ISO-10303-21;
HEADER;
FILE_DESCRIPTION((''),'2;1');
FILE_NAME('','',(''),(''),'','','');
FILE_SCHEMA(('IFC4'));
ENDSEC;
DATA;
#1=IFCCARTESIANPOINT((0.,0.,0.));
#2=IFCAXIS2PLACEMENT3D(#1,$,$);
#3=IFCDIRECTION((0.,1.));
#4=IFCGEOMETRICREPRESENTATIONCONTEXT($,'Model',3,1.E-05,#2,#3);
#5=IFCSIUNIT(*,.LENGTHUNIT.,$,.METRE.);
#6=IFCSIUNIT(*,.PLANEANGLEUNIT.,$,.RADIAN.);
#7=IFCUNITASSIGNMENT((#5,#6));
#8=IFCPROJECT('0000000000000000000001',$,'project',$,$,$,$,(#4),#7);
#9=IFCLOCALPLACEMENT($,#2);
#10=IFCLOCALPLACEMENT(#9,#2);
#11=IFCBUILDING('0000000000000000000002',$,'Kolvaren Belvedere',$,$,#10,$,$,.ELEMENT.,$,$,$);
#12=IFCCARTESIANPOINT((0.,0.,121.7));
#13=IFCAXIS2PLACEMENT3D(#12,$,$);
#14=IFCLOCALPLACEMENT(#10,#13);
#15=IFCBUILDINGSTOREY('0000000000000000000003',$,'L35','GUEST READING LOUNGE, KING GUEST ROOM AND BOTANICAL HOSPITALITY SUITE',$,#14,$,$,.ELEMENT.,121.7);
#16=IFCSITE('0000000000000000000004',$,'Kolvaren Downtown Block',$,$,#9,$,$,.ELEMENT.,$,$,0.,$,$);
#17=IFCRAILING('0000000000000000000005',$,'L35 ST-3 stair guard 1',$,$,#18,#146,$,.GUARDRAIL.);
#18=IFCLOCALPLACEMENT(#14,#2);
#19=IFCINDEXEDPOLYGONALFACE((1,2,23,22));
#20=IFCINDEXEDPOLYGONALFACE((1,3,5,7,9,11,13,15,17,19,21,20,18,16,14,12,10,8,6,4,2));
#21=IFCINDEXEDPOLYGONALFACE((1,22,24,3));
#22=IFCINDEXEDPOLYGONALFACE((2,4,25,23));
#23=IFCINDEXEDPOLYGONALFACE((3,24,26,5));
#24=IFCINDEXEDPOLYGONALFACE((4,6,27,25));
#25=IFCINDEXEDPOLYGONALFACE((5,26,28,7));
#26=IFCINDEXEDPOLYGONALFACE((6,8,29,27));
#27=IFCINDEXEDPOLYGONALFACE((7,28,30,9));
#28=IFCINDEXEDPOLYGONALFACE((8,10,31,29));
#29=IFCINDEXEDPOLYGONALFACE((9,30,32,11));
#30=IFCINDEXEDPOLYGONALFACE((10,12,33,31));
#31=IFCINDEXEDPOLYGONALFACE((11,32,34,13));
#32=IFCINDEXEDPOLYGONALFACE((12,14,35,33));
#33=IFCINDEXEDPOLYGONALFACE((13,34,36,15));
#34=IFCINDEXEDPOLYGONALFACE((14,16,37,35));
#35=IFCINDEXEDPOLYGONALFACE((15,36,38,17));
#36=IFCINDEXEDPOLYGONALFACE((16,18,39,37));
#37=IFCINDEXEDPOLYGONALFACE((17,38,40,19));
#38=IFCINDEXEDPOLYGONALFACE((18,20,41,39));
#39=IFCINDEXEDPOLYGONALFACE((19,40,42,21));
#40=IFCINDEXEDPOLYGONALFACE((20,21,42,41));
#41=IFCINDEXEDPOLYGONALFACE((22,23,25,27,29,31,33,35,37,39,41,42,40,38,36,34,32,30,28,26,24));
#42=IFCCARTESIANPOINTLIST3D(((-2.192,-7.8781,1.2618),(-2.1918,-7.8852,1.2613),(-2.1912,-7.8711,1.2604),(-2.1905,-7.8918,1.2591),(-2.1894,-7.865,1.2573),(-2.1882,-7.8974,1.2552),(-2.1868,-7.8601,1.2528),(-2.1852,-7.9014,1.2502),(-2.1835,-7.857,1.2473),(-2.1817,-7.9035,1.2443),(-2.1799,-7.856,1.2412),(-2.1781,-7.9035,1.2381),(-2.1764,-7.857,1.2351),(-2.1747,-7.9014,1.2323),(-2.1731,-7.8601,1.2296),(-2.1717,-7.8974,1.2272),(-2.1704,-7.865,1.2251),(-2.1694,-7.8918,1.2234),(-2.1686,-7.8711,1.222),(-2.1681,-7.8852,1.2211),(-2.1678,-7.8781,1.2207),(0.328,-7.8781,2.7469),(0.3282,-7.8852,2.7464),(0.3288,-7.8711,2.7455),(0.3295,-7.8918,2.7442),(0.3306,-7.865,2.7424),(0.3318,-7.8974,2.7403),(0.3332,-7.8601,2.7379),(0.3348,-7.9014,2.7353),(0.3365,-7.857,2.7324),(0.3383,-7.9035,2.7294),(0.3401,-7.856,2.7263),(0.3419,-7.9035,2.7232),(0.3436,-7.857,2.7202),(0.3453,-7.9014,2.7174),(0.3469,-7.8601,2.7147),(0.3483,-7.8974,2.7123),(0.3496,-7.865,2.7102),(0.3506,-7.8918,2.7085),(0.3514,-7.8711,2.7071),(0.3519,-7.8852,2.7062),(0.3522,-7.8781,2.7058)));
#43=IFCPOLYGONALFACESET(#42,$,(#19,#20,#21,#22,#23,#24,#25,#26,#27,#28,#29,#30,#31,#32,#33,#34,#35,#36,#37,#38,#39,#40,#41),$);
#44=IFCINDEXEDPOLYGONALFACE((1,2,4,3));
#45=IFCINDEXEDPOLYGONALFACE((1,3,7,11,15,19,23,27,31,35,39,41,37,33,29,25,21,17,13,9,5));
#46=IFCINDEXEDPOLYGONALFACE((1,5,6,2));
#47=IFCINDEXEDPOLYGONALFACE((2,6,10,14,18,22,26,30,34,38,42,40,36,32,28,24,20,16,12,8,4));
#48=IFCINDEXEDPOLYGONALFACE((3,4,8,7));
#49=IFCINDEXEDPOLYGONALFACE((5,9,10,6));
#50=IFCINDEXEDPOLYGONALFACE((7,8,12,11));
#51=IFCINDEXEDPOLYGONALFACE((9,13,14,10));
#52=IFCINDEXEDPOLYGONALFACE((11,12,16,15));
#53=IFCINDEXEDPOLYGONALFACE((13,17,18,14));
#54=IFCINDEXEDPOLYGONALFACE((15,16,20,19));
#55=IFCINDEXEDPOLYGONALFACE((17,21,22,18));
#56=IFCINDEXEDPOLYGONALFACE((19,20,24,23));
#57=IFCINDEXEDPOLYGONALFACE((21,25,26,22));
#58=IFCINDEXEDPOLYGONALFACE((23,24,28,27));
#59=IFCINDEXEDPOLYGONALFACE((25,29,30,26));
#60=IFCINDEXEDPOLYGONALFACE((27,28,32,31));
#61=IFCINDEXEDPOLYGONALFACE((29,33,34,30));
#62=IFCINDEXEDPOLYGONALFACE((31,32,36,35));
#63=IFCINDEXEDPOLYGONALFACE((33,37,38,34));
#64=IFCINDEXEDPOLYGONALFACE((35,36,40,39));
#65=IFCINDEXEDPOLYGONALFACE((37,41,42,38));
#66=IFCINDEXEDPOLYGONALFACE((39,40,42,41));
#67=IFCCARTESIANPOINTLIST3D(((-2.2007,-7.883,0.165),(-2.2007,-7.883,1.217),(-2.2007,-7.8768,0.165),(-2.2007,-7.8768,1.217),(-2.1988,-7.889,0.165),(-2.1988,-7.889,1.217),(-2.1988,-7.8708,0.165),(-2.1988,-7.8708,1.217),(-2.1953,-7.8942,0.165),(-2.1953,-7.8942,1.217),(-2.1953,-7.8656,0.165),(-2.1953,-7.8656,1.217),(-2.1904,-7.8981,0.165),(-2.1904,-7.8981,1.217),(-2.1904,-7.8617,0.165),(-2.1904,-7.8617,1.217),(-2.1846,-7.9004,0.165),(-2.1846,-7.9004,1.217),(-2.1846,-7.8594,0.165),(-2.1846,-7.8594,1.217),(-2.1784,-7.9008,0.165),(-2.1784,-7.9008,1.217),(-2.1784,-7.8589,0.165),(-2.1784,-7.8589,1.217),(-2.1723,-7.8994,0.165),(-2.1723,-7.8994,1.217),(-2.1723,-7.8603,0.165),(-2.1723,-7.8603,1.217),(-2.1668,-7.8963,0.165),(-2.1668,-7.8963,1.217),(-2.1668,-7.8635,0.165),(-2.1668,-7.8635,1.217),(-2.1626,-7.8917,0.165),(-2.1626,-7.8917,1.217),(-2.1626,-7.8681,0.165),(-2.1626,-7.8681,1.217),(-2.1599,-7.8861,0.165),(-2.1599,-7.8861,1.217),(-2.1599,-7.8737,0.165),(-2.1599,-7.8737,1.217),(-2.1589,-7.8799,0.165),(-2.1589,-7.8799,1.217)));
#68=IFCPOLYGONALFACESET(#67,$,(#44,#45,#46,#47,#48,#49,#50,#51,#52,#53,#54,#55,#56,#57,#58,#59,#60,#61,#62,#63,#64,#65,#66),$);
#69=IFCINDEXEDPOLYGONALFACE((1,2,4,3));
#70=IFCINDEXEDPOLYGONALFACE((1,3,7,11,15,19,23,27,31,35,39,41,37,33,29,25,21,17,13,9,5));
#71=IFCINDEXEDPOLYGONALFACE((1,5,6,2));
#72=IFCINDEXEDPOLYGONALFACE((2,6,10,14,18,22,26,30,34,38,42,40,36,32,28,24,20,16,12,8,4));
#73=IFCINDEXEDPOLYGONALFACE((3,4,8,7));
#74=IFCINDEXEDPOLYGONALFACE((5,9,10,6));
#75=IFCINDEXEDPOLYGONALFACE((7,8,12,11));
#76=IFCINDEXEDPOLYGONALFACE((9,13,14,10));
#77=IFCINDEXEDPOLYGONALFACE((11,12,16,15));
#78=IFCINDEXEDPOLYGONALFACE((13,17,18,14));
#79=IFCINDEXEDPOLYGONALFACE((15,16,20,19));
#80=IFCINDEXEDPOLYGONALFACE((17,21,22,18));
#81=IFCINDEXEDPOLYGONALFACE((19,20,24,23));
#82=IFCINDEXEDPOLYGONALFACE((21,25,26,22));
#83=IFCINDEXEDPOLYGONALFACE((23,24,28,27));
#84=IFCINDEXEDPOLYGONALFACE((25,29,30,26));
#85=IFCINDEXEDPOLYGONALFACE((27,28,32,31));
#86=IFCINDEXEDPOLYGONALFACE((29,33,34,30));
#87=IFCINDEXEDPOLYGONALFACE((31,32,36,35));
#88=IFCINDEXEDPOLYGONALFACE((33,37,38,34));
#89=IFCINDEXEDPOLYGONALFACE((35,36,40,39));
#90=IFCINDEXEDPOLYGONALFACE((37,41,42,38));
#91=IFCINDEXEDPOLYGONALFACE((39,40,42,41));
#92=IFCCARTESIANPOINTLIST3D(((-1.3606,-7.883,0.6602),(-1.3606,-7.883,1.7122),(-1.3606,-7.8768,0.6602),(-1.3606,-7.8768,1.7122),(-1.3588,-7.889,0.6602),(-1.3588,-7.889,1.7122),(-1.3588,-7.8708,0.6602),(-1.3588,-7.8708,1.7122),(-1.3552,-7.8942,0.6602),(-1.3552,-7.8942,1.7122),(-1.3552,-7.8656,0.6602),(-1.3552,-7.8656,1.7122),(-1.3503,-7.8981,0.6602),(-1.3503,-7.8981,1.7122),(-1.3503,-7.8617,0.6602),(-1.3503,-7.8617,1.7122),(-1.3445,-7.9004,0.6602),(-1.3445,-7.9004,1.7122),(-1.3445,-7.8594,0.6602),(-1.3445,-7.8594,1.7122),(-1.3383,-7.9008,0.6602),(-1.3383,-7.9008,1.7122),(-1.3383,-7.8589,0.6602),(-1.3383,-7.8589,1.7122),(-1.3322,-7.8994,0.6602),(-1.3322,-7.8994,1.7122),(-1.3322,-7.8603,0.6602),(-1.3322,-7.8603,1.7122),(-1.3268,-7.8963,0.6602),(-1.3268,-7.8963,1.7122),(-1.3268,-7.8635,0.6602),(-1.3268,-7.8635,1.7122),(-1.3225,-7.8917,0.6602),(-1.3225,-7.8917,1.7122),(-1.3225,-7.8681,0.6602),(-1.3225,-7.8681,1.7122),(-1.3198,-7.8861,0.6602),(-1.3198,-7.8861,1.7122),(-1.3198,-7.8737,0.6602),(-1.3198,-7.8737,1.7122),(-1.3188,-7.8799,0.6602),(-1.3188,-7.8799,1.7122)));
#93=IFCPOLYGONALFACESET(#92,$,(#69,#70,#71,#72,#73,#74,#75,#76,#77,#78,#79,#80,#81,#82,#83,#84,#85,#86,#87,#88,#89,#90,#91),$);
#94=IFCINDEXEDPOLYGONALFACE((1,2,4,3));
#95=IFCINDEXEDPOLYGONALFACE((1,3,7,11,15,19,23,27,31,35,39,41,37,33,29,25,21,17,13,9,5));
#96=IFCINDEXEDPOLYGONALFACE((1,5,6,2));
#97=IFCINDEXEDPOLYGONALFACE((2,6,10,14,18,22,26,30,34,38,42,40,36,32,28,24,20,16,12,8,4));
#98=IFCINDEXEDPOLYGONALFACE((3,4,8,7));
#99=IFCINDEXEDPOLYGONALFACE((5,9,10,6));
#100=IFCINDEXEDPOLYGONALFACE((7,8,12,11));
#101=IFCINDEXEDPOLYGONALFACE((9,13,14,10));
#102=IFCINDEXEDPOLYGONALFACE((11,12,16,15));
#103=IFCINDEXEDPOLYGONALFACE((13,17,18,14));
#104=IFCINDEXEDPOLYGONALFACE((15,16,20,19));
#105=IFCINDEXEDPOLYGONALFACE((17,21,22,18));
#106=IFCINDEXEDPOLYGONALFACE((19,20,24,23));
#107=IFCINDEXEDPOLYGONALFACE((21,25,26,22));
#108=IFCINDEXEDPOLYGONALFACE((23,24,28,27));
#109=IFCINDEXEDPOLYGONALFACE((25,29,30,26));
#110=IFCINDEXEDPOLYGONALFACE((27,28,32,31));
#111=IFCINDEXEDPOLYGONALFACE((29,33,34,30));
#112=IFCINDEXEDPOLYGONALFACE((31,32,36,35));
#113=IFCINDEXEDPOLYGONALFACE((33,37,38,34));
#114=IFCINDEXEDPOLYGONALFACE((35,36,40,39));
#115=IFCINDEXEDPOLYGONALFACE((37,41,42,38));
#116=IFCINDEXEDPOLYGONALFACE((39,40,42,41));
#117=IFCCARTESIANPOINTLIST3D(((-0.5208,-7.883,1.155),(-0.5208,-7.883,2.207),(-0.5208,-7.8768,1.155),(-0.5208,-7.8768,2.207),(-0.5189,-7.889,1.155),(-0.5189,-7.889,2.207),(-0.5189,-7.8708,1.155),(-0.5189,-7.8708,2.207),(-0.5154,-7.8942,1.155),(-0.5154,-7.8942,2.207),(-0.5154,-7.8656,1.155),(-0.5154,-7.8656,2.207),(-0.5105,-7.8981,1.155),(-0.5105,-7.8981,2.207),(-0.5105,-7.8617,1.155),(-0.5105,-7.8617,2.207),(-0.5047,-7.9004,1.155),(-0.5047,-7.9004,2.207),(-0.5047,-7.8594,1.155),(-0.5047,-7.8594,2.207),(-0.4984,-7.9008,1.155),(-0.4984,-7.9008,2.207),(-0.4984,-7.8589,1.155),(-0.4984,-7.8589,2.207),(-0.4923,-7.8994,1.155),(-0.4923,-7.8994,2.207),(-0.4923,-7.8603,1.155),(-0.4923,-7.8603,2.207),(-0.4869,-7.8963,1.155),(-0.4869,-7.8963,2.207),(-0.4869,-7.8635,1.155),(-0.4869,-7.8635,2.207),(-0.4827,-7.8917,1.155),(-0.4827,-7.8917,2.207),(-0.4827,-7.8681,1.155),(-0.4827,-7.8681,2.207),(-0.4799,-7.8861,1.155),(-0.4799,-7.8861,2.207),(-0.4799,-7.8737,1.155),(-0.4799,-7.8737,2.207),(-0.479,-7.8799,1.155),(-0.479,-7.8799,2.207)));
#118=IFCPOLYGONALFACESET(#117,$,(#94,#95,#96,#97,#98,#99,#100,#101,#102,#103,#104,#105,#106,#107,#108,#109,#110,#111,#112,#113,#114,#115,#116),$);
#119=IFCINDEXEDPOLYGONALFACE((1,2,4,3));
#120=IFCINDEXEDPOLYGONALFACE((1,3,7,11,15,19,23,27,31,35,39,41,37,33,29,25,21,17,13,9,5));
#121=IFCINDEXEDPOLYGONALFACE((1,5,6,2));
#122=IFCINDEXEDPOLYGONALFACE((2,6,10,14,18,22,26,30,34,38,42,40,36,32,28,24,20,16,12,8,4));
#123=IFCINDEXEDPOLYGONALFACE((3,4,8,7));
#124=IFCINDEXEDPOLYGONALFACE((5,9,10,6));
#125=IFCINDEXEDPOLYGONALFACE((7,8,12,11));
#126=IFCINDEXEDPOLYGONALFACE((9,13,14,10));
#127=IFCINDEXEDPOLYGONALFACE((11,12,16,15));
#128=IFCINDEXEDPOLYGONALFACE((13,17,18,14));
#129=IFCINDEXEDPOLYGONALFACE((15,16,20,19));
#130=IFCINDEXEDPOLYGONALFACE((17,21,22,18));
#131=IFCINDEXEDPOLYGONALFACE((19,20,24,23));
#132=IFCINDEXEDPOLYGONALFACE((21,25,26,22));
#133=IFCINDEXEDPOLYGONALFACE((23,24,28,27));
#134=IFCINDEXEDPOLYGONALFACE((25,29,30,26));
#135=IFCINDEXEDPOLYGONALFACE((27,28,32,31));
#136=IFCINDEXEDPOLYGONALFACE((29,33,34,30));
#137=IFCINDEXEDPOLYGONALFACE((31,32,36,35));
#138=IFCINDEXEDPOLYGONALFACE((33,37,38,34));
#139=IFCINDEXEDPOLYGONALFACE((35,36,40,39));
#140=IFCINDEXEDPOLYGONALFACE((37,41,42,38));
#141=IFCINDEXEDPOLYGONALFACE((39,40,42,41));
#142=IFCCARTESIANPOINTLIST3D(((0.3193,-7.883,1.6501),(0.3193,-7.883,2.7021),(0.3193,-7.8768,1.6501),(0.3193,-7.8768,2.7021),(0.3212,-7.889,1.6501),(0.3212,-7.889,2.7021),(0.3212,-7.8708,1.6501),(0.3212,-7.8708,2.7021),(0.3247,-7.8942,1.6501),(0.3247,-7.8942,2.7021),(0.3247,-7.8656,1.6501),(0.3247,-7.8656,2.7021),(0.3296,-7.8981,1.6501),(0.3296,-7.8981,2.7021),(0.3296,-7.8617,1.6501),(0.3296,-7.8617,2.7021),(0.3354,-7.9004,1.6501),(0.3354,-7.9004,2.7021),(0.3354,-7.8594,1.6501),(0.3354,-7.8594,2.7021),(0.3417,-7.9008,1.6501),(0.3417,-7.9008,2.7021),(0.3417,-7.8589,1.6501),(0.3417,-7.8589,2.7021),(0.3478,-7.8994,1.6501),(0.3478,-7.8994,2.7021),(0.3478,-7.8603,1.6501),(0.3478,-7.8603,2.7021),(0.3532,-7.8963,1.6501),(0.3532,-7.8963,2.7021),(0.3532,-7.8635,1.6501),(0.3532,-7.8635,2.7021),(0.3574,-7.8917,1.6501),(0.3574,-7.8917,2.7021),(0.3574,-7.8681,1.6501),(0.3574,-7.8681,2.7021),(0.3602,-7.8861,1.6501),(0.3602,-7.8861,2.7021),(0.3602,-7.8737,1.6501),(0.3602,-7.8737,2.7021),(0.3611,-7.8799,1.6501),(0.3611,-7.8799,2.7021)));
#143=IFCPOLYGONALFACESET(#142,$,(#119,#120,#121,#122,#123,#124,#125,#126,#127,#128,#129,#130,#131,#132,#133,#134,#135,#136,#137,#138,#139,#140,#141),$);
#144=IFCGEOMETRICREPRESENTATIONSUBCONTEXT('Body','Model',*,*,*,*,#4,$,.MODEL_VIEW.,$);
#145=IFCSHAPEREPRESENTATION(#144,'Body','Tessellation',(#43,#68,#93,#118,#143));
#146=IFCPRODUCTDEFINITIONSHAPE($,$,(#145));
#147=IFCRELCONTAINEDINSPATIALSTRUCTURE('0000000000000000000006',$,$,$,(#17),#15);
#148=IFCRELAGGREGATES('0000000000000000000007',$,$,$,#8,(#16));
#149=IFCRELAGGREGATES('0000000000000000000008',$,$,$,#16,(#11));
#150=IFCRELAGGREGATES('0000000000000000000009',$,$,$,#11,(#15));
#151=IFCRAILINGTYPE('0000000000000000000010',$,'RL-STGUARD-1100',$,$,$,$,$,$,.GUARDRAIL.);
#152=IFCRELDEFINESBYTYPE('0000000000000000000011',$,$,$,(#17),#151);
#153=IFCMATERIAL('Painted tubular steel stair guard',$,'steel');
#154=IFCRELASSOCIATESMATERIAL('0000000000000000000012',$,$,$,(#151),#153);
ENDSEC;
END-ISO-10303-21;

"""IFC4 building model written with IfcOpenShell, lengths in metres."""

from ifc_helpers import new_model, si_unit, direction, frame, origin, origin_2d, place, context, subcontext, project, spatial, circle, extrude, material, type_object, element, save


model = new_model("IFC4")

# Units and contexts
model_context = context("Model", 3, precision=1e-05, world=origin(), true_north=direction((0.0, 1.0)))
body_context = subcontext(model_context, "Body", "Model", "MODEL_VIEW")
ifc_project = project(units=[si_unit("LENGTHUNIT", "METRE"), si_unit("PLANEANGLEUNIT", "RADIAN")], contexts=[model_context])

# Site, building, storey
site_placement = place(None, origin())
site = spatial("IfcSite", under=ifc_project, at=site_placement, Name="Kolvaren Downtown Block", CompositionType="ELEMENT", RefElevation=0.0)
building_placement = place(site_placement, origin())
building = spatial("IfcBuilding", under=site, at=building_placement, Name="Kolvaren Belvedere", CompositionType="ELEMENT")
storey_placement = place(building_placement, frame((0.0, 0.0, 121.7)))
storey = spatial("IfcBuildingStorey", under=building, at=storey_placement, Name="L35", Description="GUEST READING LOUNGE, KING GUEST ROOM AND BOTANICAL HOSPITALITY SUITE", CompositionType="ELEMENT", Elevation=121.7)

# Railing
ifc_material_1 = material(Name="Painted tubular steel stair guard", Category="steel")
railing_type_1 = type_object("IfcRailingType", Name="RL-STGUARD-1100", PredefinedType="GUARDRAIL", material=ifc_material_1)
railing_1_placement = place(storey_placement, frame((-2.1799, -7.8799, 0.165)))
element("IfcRailing", 1, at=railing_1_placement, inside=storey, type_object=railing_type_1, Name="L35 ST-3 stair guard 1", PredefinedType="GUARDRAIL", context=body_context, shape_type="SweptSolid", body=[
    extrude(circle(Radius=0.0239, at=origin_2d()), frame((0.0, 0.0, 1.0762), z_axis=(0.861524, 0.0, 0.507717), x_axis=(0.0, 1.0, 0.0)), (0.0, 0.0, 1.0), 2.925),
    extrude(circle(Radius=0.021, at=origin_2d()), origin(), (0.0, 0.0, 1.0), 1.052),
    extrude(circle(Radius=0.021, at=origin_2d()), frame((0.8401, 0.0, 0.4951)), (0.0, 0.0, 1.0), 1.052),
    extrude(circle(Radius=0.021, at=origin_2d()), frame((1.6799, 0.0, 0.99)), (0.0, 0.0, 1.0), 1.052),
    extrude(circle(Radius=0.021, at=origin_2d()), frame((2.52, 0.0, 1.4851)), (0.0, 0.0, 1.0), 1.052),
])

save(model, "model.ifc")
